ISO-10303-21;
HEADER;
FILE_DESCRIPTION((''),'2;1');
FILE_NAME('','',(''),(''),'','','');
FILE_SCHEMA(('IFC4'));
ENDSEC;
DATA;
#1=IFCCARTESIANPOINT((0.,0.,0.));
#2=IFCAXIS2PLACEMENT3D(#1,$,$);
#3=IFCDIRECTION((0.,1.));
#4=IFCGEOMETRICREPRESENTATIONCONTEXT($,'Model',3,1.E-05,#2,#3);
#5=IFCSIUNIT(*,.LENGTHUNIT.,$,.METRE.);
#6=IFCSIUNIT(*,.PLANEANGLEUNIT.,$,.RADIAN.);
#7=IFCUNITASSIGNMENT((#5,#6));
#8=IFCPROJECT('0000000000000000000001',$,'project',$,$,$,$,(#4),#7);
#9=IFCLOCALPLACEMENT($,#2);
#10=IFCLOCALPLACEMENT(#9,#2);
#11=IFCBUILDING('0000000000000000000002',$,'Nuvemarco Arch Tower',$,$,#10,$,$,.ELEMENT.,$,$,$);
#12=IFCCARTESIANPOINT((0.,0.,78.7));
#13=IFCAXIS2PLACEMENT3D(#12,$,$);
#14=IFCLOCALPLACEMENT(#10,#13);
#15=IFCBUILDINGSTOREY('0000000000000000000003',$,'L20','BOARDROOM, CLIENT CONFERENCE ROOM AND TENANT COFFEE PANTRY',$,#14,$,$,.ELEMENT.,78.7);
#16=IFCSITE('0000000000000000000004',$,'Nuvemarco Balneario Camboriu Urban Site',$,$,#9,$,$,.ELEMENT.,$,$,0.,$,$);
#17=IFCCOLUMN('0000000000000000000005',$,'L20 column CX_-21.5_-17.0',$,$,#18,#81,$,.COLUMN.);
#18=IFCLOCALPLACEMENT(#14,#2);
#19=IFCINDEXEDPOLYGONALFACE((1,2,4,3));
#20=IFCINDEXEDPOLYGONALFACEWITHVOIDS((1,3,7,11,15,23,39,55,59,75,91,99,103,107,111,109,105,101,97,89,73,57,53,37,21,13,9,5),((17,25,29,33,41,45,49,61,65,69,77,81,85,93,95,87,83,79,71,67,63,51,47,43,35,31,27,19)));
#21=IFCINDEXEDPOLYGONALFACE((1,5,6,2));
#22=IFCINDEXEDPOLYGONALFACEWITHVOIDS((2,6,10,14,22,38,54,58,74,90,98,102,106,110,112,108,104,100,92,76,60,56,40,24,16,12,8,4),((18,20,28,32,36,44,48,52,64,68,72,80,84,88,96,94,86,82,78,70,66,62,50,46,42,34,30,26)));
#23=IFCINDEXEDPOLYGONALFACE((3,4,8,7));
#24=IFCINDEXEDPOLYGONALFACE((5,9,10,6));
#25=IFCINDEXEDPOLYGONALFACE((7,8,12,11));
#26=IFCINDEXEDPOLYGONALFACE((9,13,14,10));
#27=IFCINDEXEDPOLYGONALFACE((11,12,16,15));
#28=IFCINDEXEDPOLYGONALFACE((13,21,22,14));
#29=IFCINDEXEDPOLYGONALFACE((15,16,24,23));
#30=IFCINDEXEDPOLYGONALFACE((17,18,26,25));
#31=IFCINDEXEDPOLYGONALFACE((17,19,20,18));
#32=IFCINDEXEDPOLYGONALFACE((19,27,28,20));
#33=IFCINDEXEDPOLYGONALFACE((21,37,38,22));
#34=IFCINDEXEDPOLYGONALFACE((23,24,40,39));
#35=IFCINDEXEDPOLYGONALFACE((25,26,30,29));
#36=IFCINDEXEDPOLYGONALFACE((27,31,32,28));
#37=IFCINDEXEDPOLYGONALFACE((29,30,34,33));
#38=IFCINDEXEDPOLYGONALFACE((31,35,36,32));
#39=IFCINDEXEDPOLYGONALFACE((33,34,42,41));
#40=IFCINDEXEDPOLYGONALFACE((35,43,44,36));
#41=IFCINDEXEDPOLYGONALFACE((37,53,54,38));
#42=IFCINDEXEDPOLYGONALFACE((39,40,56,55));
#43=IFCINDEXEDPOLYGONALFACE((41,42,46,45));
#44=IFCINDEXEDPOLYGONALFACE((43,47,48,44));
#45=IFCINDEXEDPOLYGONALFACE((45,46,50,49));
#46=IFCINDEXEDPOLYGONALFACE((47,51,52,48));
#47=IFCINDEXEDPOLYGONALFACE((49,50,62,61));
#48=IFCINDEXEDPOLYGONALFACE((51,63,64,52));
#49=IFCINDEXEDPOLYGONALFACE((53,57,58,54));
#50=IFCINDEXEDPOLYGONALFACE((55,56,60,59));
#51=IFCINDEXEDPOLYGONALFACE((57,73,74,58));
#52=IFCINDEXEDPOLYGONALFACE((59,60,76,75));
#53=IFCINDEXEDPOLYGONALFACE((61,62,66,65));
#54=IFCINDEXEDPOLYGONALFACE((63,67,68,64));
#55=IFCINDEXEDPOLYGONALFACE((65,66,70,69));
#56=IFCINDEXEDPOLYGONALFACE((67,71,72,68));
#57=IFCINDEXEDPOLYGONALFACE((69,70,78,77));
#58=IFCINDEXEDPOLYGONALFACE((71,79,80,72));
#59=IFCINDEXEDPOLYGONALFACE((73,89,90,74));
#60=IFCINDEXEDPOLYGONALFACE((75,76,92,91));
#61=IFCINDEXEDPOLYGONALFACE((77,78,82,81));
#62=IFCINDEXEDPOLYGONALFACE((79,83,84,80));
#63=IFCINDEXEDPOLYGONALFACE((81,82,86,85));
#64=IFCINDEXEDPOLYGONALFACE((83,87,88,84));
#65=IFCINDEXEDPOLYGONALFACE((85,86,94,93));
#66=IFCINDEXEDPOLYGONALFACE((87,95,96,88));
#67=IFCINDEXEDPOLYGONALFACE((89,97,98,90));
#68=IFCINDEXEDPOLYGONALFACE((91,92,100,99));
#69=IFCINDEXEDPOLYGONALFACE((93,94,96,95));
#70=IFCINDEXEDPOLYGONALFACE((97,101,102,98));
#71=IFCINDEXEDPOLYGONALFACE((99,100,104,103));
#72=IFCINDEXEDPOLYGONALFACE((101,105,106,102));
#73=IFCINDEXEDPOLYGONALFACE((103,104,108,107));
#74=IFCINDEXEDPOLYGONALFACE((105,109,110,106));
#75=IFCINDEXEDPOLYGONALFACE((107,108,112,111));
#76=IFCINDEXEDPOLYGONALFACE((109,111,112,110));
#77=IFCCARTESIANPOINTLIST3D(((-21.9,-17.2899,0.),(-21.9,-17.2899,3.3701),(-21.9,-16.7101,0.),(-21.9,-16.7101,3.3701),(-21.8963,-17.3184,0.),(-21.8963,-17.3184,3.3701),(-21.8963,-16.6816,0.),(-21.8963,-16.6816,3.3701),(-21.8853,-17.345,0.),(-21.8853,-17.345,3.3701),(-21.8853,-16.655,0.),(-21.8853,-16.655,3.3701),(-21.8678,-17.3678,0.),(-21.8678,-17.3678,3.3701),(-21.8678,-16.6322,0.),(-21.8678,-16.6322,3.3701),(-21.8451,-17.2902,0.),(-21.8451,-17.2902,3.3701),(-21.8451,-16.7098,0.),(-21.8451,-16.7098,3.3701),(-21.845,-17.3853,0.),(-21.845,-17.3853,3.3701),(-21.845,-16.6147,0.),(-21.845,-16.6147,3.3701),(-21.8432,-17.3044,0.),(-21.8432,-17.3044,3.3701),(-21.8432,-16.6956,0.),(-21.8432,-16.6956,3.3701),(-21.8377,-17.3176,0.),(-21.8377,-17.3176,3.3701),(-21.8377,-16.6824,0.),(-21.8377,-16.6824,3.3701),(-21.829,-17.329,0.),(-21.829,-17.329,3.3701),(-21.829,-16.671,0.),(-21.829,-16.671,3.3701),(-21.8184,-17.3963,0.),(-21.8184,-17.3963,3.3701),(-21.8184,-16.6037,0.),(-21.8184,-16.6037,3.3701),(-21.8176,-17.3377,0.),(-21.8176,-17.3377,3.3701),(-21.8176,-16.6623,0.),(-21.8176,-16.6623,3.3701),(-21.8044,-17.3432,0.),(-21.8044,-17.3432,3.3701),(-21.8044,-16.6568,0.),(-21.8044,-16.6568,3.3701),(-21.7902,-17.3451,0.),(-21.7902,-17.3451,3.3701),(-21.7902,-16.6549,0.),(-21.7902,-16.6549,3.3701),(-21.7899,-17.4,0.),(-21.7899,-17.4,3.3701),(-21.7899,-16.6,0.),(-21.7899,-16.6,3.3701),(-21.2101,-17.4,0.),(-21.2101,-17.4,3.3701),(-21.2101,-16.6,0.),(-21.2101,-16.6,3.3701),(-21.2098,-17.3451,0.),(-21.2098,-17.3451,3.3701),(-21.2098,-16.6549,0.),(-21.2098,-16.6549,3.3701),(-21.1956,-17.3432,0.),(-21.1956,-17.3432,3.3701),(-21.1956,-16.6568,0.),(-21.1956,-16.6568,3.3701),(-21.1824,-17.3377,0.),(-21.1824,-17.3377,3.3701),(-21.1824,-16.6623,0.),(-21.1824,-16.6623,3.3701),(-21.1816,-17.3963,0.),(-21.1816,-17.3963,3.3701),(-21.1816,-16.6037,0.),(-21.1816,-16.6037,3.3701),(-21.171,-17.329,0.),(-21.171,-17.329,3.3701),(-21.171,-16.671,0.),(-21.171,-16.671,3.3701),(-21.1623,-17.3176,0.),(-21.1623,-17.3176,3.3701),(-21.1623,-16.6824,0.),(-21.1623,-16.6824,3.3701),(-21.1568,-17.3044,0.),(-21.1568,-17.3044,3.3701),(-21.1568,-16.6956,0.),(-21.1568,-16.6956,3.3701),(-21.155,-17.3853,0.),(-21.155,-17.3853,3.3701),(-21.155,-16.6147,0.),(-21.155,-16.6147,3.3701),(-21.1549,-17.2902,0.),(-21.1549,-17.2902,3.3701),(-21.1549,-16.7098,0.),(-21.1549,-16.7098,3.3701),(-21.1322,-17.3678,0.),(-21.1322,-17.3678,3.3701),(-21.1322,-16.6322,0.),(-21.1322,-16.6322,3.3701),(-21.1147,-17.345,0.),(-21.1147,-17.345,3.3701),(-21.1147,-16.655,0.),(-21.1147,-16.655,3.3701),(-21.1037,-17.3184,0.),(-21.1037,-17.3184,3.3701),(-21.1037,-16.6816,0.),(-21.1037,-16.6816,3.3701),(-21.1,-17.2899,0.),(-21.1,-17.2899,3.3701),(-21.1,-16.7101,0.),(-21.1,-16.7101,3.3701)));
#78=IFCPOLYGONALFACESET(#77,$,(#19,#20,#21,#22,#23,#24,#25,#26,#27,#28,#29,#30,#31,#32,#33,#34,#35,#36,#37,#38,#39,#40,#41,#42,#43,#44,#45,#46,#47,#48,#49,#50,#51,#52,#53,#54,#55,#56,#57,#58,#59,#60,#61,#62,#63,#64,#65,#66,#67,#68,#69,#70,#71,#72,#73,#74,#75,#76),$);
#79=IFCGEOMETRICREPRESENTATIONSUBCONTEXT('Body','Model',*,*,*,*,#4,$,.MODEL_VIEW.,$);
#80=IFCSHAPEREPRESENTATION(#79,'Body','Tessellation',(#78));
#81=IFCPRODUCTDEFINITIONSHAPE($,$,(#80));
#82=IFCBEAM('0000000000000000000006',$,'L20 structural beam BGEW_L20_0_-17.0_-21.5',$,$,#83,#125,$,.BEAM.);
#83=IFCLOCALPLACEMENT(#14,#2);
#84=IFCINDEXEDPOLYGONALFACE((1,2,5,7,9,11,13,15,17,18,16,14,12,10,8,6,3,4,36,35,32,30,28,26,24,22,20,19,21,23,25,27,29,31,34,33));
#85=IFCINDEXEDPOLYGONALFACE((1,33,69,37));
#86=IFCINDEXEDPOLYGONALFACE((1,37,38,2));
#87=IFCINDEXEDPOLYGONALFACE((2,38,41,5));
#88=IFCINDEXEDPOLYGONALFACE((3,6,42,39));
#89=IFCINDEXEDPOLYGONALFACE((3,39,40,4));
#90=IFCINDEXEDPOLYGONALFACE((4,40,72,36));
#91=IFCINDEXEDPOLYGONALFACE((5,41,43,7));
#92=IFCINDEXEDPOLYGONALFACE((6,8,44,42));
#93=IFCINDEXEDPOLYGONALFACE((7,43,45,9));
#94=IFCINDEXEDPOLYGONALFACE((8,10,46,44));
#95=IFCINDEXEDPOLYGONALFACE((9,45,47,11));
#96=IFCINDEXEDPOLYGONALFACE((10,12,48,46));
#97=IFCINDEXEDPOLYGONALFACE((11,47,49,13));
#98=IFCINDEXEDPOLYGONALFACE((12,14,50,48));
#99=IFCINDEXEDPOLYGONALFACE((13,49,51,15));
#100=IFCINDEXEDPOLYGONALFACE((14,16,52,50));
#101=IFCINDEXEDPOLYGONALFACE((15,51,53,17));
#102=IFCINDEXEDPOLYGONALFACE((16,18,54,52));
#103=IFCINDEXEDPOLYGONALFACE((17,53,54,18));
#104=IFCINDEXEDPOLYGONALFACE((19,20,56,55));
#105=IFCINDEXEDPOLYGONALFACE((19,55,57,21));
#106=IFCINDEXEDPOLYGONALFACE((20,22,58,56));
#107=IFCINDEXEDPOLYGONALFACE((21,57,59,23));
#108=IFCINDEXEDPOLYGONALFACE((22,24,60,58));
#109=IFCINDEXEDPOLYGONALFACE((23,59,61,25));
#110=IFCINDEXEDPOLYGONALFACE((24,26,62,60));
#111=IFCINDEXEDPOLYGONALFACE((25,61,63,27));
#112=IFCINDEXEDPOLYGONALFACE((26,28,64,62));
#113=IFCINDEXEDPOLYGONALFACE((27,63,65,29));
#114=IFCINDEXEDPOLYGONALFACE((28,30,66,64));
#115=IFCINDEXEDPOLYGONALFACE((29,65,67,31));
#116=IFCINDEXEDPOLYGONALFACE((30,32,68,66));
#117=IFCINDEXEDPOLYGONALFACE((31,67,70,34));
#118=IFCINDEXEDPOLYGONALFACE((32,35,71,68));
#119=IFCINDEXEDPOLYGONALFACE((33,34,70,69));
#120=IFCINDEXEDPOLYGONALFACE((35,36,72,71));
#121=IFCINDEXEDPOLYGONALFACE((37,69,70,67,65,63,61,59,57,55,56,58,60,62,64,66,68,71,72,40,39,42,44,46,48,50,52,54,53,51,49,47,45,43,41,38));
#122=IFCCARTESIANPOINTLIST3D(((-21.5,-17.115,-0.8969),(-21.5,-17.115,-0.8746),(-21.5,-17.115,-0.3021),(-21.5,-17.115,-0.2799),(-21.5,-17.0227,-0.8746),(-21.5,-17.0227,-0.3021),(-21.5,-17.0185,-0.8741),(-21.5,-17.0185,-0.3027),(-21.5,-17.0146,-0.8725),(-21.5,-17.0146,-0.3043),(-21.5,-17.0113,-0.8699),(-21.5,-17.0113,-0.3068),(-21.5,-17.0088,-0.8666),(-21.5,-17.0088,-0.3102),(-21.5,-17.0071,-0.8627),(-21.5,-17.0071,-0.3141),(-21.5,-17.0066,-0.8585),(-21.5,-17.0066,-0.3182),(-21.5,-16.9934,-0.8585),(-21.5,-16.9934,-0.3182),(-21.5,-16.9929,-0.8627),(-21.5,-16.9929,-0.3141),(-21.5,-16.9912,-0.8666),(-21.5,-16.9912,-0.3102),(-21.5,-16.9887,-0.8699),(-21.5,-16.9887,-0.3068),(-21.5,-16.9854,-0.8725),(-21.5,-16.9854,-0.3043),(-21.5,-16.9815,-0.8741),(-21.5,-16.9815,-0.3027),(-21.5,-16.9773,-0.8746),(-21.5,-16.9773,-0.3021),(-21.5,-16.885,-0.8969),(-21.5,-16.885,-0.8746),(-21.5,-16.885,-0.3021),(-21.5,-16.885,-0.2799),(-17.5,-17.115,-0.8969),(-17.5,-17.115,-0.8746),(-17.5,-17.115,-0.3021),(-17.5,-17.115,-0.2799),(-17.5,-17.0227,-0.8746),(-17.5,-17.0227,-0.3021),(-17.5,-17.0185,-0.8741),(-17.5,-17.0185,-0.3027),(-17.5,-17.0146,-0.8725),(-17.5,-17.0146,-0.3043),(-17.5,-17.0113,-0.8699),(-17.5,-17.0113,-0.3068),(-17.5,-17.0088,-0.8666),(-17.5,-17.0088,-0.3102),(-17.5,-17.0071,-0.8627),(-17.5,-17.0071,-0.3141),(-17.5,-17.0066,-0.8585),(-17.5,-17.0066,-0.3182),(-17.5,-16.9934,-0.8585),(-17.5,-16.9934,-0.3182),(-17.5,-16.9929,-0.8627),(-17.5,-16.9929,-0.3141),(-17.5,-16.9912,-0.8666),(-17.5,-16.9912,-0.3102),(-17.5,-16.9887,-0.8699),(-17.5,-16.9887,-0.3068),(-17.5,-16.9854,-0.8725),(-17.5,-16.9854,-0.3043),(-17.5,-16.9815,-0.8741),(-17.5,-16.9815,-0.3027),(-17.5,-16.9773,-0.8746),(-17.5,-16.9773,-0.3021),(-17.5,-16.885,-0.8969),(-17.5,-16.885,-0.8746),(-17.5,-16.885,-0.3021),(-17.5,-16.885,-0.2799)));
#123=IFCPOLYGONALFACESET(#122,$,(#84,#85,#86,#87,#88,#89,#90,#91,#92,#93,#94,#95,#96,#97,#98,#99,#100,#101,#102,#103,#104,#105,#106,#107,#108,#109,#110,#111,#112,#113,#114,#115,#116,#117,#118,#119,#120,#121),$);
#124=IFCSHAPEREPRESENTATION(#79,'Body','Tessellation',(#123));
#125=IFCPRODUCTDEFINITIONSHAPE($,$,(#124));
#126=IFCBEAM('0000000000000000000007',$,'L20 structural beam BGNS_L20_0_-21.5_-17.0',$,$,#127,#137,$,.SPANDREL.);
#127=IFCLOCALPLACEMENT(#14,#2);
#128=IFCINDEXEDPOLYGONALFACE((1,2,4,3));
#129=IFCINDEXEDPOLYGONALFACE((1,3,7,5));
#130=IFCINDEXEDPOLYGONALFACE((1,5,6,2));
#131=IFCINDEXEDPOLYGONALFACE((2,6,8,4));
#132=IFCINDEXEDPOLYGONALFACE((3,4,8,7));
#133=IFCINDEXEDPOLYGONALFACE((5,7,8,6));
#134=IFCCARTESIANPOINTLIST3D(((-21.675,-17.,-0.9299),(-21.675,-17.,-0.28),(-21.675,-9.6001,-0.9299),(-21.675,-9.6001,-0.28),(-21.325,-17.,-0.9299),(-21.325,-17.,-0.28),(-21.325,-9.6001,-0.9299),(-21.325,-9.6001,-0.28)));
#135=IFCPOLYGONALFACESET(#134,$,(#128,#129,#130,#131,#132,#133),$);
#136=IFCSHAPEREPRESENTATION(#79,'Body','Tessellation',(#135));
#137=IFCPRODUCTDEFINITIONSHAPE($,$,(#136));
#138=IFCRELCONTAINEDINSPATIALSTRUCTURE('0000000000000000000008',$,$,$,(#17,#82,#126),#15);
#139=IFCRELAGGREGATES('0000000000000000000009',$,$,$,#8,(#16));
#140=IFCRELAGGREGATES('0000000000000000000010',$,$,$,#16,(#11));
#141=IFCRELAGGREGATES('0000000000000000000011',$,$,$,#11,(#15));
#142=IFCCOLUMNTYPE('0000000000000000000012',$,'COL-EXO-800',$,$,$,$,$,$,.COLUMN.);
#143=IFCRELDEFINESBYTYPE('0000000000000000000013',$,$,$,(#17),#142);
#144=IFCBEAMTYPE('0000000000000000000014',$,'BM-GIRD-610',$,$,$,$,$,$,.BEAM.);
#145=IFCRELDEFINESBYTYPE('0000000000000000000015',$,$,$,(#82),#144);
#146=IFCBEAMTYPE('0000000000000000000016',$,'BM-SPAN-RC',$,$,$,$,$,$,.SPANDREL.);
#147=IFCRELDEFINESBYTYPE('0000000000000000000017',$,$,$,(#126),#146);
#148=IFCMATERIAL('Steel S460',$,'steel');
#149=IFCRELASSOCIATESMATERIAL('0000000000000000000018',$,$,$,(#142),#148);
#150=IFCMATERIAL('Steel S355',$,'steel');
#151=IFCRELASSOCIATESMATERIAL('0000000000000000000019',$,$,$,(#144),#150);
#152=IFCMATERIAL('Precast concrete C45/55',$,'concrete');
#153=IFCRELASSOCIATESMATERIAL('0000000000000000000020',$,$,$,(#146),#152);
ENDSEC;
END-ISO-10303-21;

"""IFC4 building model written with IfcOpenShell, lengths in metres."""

from ifc_helpers import new_model, si_unit, direction, frame, origin, origin_2d, place, context, subcontext, project, spatial, rectangle, hollow_rectangle, i_section, extrude, material, material_profile, profile_set, type_object, element, save


model = new_model("IFC4")

# Units and contexts
model_context = context("Model", 3, precision=1e-05, world=origin(), true_north=direction((0.0, 1.0)))
body_context = subcontext(model_context, "Body", "Model", "MODEL_VIEW")
ifc_project = project(units=[si_unit("LENGTHUNIT", "METRE"), si_unit("PLANEANGLEUNIT", "RADIAN")], contexts=[model_context])

# Site, building, storey
site_placement = place(None, origin())
site = spatial("IfcSite", under=ifc_project, at=site_placement, Name="Nuvemarco Balneario Camboriu Urban Site", CompositionType="ELEMENT", RefElevation=0.0)
building_placement = place(site_placement, origin())
building = spatial("IfcBuilding", under=site, at=building_placement, Name="Nuvemarco Arch Tower", CompositionType="ELEMENT")
storey_placement = place(building_placement, frame((0.0, 0.0, 78.7)))
storey = spatial("IfcBuildingStorey", under=building, at=storey_placement, Name="L20", Description="BOARDROOM, CLIENT CONFERENCE ROOM AND TENANT COFFEE PANTRY", CompositionType="ELEMENT", Elevation=78.7)

# Column
ifc_material_1 = material(Name="Steel S460", Category="steel")
ifc_material_profile_1 = material_profile(ifc_material_1, hollow_rectangle(XDim=0.8, YDim=0.8, WallThickness=0.0549, InnerFilletRadius=0.0549, OuterFilletRadius=0.1101, at=origin_2d()), Name="SHS800x800x55")
ifc_profile_set_1 = profile_set([ifc_material_profile_1], Name="Steel S460")
column_type = type_object("IfcColumnType", Name="COL-EXO-800", PredefinedType="COLUMN", material=ifc_profile_set_1)
column_placement = place(storey_placement, frame((-21.5, -17.0, 0.0), z_axis=(0.0, 0.0, 1.0), x_axis=(1.0, 0.0, 0.0)))
element("IfcColumn", 1, at=column_placement, inside=storey, type_object=column_type, Name="L20 column CX_-21.5_-17.0", PredefinedType="COLUMN", context=body_context, shape_type="SweptSolid", body=[
    extrude(hollow_rectangle(XDim=0.8, YDim=0.8, WallThickness=0.0549, InnerFilletRadius=0.0549, OuterFilletRadius=0.1101, at=origin_2d()), origin(), (0.0, 0.0, 1.0), 3.3701),
])

# Beams
ifc_material_2 = material(Name="Steel S355", Category="steel")
ifc_material_profile_2 = material_profile(ifc_material_2, i_section(OverallWidth=0.23, OverallDepth=0.6169, WebThickness=0.0132, FlangeThickness=0.0222, FilletRadius=0.0161, at=origin_2d()), Name="W610x140")
ifc_profile_set_2 = profile_set([ifc_material_profile_2], Name="Steel S355")
beam_type_1 = type_object("IfcBeamType", Name="BM-GIRD-610", PredefinedType="BEAM", material=ifc_profile_set_2)
beam_1_placement = place(storey_placement, frame((-21.5, -17.0, -0.5884), z_axis=(1.0, 0.0, 0.0), x_axis=(0.0, 1.0, 0.0)))
element("IfcBeam", 2, at=beam_1_placement, inside=storey, type_object=beam_type_1, Name="L20 structural beam BGEW_L20_0_-17.0_-21.5", PredefinedType="BEAM", context=body_context, shape_type="SweptSolid", body=[
    extrude(i_section(OverallWidth=0.23, OverallDepth=0.6169, WebThickness=0.0132, FlangeThickness=0.0222, FilletRadius=0.0161, at=origin_2d()), origin(), (0.0, 0.0, 1.0), 4.0),
])
ifc_material_3 = material(Name="Precast concrete C45/55", Category="concrete")
ifc_material_profile_3 = material_profile(ifc_material_3, rectangle(XDim=0.3501, YDim=0.6499, at=origin_2d()), Name="PC-SP-350x650")
ifc_profile_set_3 = profile_set([ifc_material_profile_3], Name="Precast concrete C45/55")
beam_type_2 = type_object("IfcBeamType", Name="BM-SPAN-RC", PredefinedType="SPANDREL", material=ifc_profile_set_3)
beam_2_placement = place(storey_placement, frame((-21.5, -17.0, -0.605), z_axis=(0.0, 1.0, 0.0), x_axis=(-1.0, 0.0, 0.0)))
element("IfcBeam", 3, at=beam_2_placement, inside=storey, type_object=beam_type_2, Name="L20 structural beam BGNS_L20_0_-21.5_-17.0", PredefinedType="SPANDREL", context=body_context, shape_type="SweptSolid", body=[
    extrude(rectangle(XDim=0.3501, YDim=0.6499, at=origin_2d()), origin(), (0.0, 0.0, 1.0), 7.3999),
])

save(model, "model.ifc")
